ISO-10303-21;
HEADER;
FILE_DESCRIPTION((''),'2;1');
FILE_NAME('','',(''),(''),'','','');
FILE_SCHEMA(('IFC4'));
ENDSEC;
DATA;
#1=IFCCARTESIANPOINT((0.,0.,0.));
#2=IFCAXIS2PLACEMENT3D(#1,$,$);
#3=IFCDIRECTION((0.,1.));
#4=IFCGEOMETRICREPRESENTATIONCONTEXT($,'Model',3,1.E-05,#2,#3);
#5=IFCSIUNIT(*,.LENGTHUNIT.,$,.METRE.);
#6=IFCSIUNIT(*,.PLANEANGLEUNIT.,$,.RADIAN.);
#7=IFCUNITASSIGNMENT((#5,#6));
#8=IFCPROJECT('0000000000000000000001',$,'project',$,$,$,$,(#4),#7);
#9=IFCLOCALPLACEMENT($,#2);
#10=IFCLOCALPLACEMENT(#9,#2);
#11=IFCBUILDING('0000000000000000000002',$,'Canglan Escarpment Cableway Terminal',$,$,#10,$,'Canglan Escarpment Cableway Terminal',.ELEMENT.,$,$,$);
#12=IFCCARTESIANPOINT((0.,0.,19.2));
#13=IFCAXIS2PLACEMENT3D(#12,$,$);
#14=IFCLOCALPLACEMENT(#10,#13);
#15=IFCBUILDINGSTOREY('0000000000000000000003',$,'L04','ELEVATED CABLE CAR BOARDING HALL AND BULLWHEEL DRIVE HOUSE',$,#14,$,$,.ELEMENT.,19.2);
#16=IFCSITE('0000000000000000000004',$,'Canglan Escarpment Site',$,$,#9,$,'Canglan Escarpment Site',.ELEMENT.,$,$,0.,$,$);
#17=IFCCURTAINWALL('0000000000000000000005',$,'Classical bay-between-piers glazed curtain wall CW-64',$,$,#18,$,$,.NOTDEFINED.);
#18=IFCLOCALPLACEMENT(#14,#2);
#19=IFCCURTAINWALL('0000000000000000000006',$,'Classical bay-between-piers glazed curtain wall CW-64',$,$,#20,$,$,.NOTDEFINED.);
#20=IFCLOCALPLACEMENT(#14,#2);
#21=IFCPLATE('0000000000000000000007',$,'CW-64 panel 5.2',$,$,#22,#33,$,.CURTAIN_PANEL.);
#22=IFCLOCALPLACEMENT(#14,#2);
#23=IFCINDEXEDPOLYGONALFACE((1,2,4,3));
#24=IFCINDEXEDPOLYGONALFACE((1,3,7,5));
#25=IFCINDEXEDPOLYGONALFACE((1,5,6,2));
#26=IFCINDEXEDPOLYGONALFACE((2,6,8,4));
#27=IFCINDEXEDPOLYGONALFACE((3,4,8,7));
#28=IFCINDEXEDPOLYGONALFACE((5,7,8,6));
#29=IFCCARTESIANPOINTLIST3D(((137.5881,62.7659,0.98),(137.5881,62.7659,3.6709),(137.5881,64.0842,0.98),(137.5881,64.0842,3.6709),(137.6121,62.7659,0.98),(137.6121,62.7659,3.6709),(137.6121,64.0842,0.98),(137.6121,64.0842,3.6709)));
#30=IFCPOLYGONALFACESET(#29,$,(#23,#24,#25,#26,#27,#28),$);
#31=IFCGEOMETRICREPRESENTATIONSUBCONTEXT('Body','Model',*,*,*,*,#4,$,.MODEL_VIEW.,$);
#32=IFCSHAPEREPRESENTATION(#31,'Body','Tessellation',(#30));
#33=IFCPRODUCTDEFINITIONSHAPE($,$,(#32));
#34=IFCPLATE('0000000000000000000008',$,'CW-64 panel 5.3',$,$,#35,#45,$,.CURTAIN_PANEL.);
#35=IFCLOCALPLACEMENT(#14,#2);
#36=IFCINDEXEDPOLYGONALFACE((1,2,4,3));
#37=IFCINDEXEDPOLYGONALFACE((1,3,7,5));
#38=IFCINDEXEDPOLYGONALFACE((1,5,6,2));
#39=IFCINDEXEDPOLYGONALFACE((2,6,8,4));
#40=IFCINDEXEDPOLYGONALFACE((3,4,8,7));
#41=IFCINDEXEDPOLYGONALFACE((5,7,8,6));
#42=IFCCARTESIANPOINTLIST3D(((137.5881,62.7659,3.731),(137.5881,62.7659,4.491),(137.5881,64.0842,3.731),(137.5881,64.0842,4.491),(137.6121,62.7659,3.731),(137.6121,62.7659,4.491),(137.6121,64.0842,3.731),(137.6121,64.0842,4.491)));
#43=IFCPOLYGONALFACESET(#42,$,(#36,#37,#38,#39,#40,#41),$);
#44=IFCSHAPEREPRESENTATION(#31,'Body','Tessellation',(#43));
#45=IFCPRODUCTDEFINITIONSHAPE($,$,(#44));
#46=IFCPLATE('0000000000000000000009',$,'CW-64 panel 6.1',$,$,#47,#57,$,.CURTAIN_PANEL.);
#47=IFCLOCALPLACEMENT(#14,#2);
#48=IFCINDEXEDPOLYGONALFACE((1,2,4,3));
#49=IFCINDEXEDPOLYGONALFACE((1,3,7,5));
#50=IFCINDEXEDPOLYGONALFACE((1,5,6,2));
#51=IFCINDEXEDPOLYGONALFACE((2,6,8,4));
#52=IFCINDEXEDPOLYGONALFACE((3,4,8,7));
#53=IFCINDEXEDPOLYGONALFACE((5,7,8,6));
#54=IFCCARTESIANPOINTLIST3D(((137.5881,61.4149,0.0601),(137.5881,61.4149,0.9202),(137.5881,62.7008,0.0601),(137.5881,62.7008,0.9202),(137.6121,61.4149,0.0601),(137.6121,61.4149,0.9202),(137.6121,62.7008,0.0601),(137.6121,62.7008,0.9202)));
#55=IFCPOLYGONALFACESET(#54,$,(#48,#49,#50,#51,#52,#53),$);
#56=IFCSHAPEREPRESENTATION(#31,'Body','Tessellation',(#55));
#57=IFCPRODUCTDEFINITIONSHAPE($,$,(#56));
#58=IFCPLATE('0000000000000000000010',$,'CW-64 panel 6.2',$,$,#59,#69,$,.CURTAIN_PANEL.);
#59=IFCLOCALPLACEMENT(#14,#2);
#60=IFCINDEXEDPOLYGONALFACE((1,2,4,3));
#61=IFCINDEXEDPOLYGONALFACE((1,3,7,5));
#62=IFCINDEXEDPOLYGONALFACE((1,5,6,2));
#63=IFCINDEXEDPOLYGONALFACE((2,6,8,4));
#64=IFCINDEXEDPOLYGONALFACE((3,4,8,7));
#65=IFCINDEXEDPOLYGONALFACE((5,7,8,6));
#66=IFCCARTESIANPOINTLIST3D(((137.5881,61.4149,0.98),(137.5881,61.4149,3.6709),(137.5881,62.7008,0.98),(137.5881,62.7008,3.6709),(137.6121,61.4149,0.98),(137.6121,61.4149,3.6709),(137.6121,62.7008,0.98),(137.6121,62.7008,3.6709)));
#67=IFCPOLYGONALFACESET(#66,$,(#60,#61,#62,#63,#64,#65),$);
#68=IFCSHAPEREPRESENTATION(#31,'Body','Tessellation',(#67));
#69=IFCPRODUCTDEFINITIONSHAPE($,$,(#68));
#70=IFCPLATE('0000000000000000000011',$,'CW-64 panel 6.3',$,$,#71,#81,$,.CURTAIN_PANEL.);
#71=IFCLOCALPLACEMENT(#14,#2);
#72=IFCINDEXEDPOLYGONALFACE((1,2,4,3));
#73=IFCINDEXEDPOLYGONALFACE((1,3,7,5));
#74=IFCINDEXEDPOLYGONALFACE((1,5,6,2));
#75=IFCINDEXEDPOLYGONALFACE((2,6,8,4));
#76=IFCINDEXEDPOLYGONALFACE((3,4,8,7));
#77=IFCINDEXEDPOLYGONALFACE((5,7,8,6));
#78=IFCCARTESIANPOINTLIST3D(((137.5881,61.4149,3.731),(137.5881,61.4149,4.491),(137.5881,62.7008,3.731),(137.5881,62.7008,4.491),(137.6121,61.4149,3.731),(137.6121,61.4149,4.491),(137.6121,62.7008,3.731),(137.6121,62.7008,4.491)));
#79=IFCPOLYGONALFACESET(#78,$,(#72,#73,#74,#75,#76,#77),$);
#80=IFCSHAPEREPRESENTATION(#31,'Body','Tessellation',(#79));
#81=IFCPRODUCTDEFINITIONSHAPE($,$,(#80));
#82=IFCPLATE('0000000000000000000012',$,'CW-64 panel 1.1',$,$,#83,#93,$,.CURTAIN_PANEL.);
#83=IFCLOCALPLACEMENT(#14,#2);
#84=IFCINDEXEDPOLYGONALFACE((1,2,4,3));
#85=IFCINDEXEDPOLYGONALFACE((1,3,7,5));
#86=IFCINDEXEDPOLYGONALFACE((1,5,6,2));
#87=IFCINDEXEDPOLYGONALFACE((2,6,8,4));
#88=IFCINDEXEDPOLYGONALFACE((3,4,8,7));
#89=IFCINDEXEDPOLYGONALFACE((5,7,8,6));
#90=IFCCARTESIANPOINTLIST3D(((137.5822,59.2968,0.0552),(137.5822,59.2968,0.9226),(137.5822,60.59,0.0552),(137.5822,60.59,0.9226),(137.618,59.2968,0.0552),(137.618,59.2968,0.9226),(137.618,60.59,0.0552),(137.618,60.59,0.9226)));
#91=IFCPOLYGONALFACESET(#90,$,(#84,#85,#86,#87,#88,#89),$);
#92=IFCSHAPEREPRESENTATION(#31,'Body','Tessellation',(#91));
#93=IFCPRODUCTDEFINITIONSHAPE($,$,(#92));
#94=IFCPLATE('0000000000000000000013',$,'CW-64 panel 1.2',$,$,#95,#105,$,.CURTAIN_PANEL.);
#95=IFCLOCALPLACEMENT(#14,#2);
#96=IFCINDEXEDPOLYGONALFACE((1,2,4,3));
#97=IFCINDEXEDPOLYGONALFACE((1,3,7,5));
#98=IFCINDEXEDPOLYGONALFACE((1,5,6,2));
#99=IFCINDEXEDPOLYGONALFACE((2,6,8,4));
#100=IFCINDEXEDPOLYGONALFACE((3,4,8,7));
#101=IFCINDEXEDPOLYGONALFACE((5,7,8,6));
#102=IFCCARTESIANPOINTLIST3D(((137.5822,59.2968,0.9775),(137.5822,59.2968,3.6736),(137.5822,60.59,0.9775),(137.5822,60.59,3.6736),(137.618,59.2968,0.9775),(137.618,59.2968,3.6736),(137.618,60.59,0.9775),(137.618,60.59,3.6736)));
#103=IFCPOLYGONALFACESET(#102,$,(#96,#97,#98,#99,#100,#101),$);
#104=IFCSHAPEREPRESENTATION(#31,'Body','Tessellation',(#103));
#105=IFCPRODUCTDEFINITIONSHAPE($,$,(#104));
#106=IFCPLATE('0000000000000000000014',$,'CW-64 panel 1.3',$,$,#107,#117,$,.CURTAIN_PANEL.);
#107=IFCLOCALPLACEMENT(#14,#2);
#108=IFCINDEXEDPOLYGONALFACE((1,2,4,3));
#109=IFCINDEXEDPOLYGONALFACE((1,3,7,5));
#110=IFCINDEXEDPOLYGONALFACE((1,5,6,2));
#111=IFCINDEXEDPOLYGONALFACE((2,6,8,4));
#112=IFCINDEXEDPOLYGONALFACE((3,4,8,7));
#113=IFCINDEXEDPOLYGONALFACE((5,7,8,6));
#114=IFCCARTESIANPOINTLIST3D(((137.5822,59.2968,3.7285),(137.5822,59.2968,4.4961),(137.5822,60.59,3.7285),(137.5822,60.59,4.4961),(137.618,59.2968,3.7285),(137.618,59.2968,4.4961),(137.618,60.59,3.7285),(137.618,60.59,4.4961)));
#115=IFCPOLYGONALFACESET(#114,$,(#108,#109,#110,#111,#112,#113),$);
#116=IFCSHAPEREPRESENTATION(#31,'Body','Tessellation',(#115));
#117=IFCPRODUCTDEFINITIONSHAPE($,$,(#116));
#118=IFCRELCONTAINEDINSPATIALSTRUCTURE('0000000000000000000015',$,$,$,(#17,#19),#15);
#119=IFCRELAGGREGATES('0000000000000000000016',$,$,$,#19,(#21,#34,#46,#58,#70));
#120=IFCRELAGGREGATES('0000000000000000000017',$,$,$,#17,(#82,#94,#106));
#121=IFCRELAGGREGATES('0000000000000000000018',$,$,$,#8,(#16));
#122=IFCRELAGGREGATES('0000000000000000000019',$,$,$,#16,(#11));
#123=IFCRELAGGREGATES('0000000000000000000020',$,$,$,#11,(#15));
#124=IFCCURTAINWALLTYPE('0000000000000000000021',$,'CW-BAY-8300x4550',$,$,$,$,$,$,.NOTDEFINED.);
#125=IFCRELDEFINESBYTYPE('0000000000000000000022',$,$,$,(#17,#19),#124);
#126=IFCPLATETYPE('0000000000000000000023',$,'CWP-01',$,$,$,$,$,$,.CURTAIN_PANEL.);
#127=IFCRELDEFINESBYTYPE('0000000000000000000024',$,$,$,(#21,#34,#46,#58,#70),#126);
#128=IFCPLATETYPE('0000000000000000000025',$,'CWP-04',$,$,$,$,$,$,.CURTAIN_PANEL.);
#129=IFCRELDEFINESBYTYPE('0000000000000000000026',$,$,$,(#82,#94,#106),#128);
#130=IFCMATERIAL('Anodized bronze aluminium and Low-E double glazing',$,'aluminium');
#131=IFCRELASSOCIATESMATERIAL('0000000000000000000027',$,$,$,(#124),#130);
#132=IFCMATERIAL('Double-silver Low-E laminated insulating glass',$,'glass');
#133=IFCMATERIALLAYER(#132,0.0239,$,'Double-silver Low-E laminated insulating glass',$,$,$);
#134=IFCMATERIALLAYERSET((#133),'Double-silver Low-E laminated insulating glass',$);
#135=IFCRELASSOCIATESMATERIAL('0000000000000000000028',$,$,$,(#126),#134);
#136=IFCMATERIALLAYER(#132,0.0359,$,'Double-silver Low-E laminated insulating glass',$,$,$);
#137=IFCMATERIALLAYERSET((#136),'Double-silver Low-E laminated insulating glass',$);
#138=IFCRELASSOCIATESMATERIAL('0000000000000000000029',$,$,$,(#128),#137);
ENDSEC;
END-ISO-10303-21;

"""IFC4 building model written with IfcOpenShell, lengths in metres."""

from ifc_helpers import new_model, si_unit, direction, frame, origin, origin_2d, place, context, subcontext, project, spatial, rectangle, extrude, material, layer, layer_set, type_object, element, aggregate, save


model = new_model("IFC4")

# Units and contexts
model_context = context("Model", 3, precision=1e-05, world=origin(), true_north=direction((0.0, 1.0)))
body_context = subcontext(model_context, "Body", "Model", "MODEL_VIEW")
ifc_project = project(units=[si_unit("LENGTHUNIT", "METRE"), si_unit("PLANEANGLEUNIT", "RADIAN")], contexts=[model_context])

# Site, building, storey
site_placement = place(None, origin())
site = spatial("IfcSite", under=ifc_project, at=site_placement, Name="Canglan Escarpment Site", LongName="Canglan Escarpment Site", CompositionType="ELEMENT", RefElevation=0.0)
building_placement = place(site_placement, origin())
building = spatial("IfcBuilding", under=site, at=building_placement, Name="Canglan Escarpment Cableway Terminal", LongName="Canglan Escarpment Cableway Terminal", CompositionType="ELEMENT")
storey_placement = place(building_placement, frame((0.0, 0.0, 19.2)))
storey = spatial("IfcBuildingStorey", under=building, at=storey_placement, Name="L04", Description="ELEVATED CABLE CAR BOARDING HALL AND BULLWHEEL DRIVE HOUSE", CompositionType="ELEMENT", Elevation=19.2)

# Curtain walls
ifc_material_1 = material(Name="Anodized bronze aluminium and Low-E double glazing", Category="aluminium")
curtain_wall_type = type_object("IfcCurtainWallType", Name="CW-BAY-8300x4550", PredefinedType="NOTDEFINED", material=ifc_material_1)
curtain_wall_1_placement = place(storey_placement, origin())
curtain_wall_1 = element("IfcCurtainWall", 1, at=curtain_wall_1_placement, inside=storey, type_object=curtain_wall_type, Name="Classical bay-between-piers glazed curtain wall CW-64", PredefinedType="NOTDEFINED")
curtain_wall_2_placement = place(storey_placement, origin())
curtain_wall_2 = element("IfcCurtainWall", 2, at=curtain_wall_2_placement, inside=storey, type_object=curtain_wall_type, Name="Classical bay-between-piers glazed curtain wall CW-64", PredefinedType="NOTDEFINED")

# Plates
ifc_material_2 = material(Name="Double-silver Low-E laminated insulating glass", Category="glass")
ifc_layer_1 = layer(ifc_material_2, 0.0239, Name="Double-silver Low-E laminated insulating glass")
ifc_layer_set_1 = layer_set([ifc_layer_1], Name="Double-silver Low-E laminated insulating glass")
plate_type_1 = type_object("IfcPlateType", Name="CWP-01", PredefinedType="CURTAIN_PANEL", material=ifc_layer_set_1)
plate_1_placement = place(storey_placement, frame((137.6001, 63.425, 0.98), z_axis=(0.0, 0.0, 1.0), x_axis=(0.0, -1.0, 0.0)))
plate_1 = element("IfcPlate", 3, at=plate_1_placement, type_object=plate_type_1, Name="CW-64 panel 5.2", PredefinedType="CURTAIN_PANEL", context=body_context, shape_type="SweptSolid", body=[
    extrude(rectangle(XDim=1.3184, YDim=0.0239, at=origin_2d()), origin(), (0.0, 0.0, 1.0), 2.6909),
])
plate_2_placement = place(storey_placement, frame((137.6001, 63.425, 3.731), z_axis=(0.0, 0.0, 1.0), x_axis=(0.0, -1.0, 0.0)))
plate_2 = element("IfcPlate", 4, at=plate_2_placement, type_object=plate_type_1, Name="CW-64 panel 5.3", PredefinedType="CURTAIN_PANEL", context=body_context, shape_type="SweptSolid", body=[
    extrude(rectangle(XDim=1.3184, YDim=0.0239, at=origin_2d()), origin(), (0.0, 0.0, 1.0), 0.76),
])
plate_3_placement = place(storey_placement, frame((137.6001, 62.0579, 0.0601), z_axis=(0.0, 0.0, 1.0), x_axis=(0.0, -1.0, 0.0)))
plate_3 = element("IfcPlate", 5, at=plate_3_placement, type_object=plate_type_1, Name="CW-64 panel 6.1", PredefinedType="CURTAIN_PANEL", context=body_context, shape_type="SweptSolid", body=[
    extrude(rectangle(XDim=1.2859, YDim=0.0239, at=origin_2d()), origin(), (0.0, 0.0, 1.0), 0.8601),
])
plate_4_placement = place(storey_placement, frame((137.6001, 62.0579, 0.98), z_axis=(0.0, 0.0, 1.0), x_axis=(0.0, -1.0, 0.0)))
plate_4 = element("IfcPlate", 6, at=plate_4_placement, type_object=plate_type_1, Name="CW-64 panel 6.2", PredefinedType="CURTAIN_PANEL", context=body_context, shape_type="SweptSolid", body=[
    extrude(rectangle(XDim=1.2859, YDim=0.0239, at=origin_2d()), origin(), (0.0, 0.0, 1.0), 2.6909),
])
plate_5_placement = place(storey_placement, frame((137.6001, 62.0579, 3.731), z_axis=(0.0, 0.0, 1.0), x_axis=(0.0, -1.0, 0.0)))
plate_5 = element("IfcPlate", 7, at=plate_5_placement, type_object=plate_type_1, Name="CW-64 panel 6.3", PredefinedType="CURTAIN_PANEL", context=body_context, shape_type="SweptSolid", body=[
    extrude(rectangle(XDim=1.2859, YDim=0.0239, at=origin_2d()), origin(), (0.0, 0.0, 1.0), 0.76),
])
aggregate(curtain_wall_2, [plate_1, plate_2, plate_3, plate_4, plate_5])
ifc_layer_2 = layer(ifc_material_2, 0.0359, Name="Double-silver Low-E laminated insulating glass")
ifc_layer_set_2 = layer_set([ifc_layer_2], Name="Double-silver Low-E laminated insulating glass")
plate_type_2 = type_object("IfcPlateType", Name="CWP-04", PredefinedType="CURTAIN_PANEL", material=ifc_layer_set_2)
plate_6_placement = place(storey_placement, frame((137.6001, 59.9434, 0.0552), z_axis=(0.0, 0.0, 1.0), x_axis=(0.0, -1.0, 0.0)))
plate_6 = element("IfcPlate", 8, at=plate_6_placement, type_object=plate_type_2, Name="CW-64 panel 1.1", PredefinedType="CURTAIN_PANEL", context=body_context, shape_type="SweptSolid", body=[
    extrude(rectangle(XDim=1.2932, YDim=0.0359, at=origin_2d()), origin(), (0.0, 0.0, 1.0), 0.8674),
])
plate_7_placement = place(storey_placement, frame((137.6001, 59.9434, 0.9775), z_axis=(0.0, 0.0, 1.0), x_axis=(0.0, -1.0, 0.0)))
plate_7 = element("IfcPlate", 9, at=plate_7_placement, type_object=plate_type_2, Name="CW-64 panel 1.2", PredefinedType="CURTAIN_PANEL", context=body_context, shape_type="SweptSolid", body=[
    extrude(rectangle(XDim=1.2932, YDim=0.0359, at=origin_2d()), origin(), (0.0, 0.0, 1.0), 2.696),
])
plate_8_placement = place(storey_placement, frame((137.6001, 59.9434, 3.7285), z_axis=(0.0, 0.0, 1.0), x_axis=(0.0, -1.0, 0.0)))
plate_8 = element("IfcPlate", 10, at=plate_8_placement, type_object=plate_type_2, Name="CW-64 panel 1.3", PredefinedType="CURTAIN_PANEL", context=body_context, shape_type="SweptSolid", body=[
    extrude(rectangle(XDim=1.2932, YDim=0.0359, at=origin_2d()), origin(), (0.0, 0.0, 1.0), 0.7676),
])
aggregate(curtain_wall_1, [plate_6, plate_7, plate_8])

save(model, "model.ifc")
